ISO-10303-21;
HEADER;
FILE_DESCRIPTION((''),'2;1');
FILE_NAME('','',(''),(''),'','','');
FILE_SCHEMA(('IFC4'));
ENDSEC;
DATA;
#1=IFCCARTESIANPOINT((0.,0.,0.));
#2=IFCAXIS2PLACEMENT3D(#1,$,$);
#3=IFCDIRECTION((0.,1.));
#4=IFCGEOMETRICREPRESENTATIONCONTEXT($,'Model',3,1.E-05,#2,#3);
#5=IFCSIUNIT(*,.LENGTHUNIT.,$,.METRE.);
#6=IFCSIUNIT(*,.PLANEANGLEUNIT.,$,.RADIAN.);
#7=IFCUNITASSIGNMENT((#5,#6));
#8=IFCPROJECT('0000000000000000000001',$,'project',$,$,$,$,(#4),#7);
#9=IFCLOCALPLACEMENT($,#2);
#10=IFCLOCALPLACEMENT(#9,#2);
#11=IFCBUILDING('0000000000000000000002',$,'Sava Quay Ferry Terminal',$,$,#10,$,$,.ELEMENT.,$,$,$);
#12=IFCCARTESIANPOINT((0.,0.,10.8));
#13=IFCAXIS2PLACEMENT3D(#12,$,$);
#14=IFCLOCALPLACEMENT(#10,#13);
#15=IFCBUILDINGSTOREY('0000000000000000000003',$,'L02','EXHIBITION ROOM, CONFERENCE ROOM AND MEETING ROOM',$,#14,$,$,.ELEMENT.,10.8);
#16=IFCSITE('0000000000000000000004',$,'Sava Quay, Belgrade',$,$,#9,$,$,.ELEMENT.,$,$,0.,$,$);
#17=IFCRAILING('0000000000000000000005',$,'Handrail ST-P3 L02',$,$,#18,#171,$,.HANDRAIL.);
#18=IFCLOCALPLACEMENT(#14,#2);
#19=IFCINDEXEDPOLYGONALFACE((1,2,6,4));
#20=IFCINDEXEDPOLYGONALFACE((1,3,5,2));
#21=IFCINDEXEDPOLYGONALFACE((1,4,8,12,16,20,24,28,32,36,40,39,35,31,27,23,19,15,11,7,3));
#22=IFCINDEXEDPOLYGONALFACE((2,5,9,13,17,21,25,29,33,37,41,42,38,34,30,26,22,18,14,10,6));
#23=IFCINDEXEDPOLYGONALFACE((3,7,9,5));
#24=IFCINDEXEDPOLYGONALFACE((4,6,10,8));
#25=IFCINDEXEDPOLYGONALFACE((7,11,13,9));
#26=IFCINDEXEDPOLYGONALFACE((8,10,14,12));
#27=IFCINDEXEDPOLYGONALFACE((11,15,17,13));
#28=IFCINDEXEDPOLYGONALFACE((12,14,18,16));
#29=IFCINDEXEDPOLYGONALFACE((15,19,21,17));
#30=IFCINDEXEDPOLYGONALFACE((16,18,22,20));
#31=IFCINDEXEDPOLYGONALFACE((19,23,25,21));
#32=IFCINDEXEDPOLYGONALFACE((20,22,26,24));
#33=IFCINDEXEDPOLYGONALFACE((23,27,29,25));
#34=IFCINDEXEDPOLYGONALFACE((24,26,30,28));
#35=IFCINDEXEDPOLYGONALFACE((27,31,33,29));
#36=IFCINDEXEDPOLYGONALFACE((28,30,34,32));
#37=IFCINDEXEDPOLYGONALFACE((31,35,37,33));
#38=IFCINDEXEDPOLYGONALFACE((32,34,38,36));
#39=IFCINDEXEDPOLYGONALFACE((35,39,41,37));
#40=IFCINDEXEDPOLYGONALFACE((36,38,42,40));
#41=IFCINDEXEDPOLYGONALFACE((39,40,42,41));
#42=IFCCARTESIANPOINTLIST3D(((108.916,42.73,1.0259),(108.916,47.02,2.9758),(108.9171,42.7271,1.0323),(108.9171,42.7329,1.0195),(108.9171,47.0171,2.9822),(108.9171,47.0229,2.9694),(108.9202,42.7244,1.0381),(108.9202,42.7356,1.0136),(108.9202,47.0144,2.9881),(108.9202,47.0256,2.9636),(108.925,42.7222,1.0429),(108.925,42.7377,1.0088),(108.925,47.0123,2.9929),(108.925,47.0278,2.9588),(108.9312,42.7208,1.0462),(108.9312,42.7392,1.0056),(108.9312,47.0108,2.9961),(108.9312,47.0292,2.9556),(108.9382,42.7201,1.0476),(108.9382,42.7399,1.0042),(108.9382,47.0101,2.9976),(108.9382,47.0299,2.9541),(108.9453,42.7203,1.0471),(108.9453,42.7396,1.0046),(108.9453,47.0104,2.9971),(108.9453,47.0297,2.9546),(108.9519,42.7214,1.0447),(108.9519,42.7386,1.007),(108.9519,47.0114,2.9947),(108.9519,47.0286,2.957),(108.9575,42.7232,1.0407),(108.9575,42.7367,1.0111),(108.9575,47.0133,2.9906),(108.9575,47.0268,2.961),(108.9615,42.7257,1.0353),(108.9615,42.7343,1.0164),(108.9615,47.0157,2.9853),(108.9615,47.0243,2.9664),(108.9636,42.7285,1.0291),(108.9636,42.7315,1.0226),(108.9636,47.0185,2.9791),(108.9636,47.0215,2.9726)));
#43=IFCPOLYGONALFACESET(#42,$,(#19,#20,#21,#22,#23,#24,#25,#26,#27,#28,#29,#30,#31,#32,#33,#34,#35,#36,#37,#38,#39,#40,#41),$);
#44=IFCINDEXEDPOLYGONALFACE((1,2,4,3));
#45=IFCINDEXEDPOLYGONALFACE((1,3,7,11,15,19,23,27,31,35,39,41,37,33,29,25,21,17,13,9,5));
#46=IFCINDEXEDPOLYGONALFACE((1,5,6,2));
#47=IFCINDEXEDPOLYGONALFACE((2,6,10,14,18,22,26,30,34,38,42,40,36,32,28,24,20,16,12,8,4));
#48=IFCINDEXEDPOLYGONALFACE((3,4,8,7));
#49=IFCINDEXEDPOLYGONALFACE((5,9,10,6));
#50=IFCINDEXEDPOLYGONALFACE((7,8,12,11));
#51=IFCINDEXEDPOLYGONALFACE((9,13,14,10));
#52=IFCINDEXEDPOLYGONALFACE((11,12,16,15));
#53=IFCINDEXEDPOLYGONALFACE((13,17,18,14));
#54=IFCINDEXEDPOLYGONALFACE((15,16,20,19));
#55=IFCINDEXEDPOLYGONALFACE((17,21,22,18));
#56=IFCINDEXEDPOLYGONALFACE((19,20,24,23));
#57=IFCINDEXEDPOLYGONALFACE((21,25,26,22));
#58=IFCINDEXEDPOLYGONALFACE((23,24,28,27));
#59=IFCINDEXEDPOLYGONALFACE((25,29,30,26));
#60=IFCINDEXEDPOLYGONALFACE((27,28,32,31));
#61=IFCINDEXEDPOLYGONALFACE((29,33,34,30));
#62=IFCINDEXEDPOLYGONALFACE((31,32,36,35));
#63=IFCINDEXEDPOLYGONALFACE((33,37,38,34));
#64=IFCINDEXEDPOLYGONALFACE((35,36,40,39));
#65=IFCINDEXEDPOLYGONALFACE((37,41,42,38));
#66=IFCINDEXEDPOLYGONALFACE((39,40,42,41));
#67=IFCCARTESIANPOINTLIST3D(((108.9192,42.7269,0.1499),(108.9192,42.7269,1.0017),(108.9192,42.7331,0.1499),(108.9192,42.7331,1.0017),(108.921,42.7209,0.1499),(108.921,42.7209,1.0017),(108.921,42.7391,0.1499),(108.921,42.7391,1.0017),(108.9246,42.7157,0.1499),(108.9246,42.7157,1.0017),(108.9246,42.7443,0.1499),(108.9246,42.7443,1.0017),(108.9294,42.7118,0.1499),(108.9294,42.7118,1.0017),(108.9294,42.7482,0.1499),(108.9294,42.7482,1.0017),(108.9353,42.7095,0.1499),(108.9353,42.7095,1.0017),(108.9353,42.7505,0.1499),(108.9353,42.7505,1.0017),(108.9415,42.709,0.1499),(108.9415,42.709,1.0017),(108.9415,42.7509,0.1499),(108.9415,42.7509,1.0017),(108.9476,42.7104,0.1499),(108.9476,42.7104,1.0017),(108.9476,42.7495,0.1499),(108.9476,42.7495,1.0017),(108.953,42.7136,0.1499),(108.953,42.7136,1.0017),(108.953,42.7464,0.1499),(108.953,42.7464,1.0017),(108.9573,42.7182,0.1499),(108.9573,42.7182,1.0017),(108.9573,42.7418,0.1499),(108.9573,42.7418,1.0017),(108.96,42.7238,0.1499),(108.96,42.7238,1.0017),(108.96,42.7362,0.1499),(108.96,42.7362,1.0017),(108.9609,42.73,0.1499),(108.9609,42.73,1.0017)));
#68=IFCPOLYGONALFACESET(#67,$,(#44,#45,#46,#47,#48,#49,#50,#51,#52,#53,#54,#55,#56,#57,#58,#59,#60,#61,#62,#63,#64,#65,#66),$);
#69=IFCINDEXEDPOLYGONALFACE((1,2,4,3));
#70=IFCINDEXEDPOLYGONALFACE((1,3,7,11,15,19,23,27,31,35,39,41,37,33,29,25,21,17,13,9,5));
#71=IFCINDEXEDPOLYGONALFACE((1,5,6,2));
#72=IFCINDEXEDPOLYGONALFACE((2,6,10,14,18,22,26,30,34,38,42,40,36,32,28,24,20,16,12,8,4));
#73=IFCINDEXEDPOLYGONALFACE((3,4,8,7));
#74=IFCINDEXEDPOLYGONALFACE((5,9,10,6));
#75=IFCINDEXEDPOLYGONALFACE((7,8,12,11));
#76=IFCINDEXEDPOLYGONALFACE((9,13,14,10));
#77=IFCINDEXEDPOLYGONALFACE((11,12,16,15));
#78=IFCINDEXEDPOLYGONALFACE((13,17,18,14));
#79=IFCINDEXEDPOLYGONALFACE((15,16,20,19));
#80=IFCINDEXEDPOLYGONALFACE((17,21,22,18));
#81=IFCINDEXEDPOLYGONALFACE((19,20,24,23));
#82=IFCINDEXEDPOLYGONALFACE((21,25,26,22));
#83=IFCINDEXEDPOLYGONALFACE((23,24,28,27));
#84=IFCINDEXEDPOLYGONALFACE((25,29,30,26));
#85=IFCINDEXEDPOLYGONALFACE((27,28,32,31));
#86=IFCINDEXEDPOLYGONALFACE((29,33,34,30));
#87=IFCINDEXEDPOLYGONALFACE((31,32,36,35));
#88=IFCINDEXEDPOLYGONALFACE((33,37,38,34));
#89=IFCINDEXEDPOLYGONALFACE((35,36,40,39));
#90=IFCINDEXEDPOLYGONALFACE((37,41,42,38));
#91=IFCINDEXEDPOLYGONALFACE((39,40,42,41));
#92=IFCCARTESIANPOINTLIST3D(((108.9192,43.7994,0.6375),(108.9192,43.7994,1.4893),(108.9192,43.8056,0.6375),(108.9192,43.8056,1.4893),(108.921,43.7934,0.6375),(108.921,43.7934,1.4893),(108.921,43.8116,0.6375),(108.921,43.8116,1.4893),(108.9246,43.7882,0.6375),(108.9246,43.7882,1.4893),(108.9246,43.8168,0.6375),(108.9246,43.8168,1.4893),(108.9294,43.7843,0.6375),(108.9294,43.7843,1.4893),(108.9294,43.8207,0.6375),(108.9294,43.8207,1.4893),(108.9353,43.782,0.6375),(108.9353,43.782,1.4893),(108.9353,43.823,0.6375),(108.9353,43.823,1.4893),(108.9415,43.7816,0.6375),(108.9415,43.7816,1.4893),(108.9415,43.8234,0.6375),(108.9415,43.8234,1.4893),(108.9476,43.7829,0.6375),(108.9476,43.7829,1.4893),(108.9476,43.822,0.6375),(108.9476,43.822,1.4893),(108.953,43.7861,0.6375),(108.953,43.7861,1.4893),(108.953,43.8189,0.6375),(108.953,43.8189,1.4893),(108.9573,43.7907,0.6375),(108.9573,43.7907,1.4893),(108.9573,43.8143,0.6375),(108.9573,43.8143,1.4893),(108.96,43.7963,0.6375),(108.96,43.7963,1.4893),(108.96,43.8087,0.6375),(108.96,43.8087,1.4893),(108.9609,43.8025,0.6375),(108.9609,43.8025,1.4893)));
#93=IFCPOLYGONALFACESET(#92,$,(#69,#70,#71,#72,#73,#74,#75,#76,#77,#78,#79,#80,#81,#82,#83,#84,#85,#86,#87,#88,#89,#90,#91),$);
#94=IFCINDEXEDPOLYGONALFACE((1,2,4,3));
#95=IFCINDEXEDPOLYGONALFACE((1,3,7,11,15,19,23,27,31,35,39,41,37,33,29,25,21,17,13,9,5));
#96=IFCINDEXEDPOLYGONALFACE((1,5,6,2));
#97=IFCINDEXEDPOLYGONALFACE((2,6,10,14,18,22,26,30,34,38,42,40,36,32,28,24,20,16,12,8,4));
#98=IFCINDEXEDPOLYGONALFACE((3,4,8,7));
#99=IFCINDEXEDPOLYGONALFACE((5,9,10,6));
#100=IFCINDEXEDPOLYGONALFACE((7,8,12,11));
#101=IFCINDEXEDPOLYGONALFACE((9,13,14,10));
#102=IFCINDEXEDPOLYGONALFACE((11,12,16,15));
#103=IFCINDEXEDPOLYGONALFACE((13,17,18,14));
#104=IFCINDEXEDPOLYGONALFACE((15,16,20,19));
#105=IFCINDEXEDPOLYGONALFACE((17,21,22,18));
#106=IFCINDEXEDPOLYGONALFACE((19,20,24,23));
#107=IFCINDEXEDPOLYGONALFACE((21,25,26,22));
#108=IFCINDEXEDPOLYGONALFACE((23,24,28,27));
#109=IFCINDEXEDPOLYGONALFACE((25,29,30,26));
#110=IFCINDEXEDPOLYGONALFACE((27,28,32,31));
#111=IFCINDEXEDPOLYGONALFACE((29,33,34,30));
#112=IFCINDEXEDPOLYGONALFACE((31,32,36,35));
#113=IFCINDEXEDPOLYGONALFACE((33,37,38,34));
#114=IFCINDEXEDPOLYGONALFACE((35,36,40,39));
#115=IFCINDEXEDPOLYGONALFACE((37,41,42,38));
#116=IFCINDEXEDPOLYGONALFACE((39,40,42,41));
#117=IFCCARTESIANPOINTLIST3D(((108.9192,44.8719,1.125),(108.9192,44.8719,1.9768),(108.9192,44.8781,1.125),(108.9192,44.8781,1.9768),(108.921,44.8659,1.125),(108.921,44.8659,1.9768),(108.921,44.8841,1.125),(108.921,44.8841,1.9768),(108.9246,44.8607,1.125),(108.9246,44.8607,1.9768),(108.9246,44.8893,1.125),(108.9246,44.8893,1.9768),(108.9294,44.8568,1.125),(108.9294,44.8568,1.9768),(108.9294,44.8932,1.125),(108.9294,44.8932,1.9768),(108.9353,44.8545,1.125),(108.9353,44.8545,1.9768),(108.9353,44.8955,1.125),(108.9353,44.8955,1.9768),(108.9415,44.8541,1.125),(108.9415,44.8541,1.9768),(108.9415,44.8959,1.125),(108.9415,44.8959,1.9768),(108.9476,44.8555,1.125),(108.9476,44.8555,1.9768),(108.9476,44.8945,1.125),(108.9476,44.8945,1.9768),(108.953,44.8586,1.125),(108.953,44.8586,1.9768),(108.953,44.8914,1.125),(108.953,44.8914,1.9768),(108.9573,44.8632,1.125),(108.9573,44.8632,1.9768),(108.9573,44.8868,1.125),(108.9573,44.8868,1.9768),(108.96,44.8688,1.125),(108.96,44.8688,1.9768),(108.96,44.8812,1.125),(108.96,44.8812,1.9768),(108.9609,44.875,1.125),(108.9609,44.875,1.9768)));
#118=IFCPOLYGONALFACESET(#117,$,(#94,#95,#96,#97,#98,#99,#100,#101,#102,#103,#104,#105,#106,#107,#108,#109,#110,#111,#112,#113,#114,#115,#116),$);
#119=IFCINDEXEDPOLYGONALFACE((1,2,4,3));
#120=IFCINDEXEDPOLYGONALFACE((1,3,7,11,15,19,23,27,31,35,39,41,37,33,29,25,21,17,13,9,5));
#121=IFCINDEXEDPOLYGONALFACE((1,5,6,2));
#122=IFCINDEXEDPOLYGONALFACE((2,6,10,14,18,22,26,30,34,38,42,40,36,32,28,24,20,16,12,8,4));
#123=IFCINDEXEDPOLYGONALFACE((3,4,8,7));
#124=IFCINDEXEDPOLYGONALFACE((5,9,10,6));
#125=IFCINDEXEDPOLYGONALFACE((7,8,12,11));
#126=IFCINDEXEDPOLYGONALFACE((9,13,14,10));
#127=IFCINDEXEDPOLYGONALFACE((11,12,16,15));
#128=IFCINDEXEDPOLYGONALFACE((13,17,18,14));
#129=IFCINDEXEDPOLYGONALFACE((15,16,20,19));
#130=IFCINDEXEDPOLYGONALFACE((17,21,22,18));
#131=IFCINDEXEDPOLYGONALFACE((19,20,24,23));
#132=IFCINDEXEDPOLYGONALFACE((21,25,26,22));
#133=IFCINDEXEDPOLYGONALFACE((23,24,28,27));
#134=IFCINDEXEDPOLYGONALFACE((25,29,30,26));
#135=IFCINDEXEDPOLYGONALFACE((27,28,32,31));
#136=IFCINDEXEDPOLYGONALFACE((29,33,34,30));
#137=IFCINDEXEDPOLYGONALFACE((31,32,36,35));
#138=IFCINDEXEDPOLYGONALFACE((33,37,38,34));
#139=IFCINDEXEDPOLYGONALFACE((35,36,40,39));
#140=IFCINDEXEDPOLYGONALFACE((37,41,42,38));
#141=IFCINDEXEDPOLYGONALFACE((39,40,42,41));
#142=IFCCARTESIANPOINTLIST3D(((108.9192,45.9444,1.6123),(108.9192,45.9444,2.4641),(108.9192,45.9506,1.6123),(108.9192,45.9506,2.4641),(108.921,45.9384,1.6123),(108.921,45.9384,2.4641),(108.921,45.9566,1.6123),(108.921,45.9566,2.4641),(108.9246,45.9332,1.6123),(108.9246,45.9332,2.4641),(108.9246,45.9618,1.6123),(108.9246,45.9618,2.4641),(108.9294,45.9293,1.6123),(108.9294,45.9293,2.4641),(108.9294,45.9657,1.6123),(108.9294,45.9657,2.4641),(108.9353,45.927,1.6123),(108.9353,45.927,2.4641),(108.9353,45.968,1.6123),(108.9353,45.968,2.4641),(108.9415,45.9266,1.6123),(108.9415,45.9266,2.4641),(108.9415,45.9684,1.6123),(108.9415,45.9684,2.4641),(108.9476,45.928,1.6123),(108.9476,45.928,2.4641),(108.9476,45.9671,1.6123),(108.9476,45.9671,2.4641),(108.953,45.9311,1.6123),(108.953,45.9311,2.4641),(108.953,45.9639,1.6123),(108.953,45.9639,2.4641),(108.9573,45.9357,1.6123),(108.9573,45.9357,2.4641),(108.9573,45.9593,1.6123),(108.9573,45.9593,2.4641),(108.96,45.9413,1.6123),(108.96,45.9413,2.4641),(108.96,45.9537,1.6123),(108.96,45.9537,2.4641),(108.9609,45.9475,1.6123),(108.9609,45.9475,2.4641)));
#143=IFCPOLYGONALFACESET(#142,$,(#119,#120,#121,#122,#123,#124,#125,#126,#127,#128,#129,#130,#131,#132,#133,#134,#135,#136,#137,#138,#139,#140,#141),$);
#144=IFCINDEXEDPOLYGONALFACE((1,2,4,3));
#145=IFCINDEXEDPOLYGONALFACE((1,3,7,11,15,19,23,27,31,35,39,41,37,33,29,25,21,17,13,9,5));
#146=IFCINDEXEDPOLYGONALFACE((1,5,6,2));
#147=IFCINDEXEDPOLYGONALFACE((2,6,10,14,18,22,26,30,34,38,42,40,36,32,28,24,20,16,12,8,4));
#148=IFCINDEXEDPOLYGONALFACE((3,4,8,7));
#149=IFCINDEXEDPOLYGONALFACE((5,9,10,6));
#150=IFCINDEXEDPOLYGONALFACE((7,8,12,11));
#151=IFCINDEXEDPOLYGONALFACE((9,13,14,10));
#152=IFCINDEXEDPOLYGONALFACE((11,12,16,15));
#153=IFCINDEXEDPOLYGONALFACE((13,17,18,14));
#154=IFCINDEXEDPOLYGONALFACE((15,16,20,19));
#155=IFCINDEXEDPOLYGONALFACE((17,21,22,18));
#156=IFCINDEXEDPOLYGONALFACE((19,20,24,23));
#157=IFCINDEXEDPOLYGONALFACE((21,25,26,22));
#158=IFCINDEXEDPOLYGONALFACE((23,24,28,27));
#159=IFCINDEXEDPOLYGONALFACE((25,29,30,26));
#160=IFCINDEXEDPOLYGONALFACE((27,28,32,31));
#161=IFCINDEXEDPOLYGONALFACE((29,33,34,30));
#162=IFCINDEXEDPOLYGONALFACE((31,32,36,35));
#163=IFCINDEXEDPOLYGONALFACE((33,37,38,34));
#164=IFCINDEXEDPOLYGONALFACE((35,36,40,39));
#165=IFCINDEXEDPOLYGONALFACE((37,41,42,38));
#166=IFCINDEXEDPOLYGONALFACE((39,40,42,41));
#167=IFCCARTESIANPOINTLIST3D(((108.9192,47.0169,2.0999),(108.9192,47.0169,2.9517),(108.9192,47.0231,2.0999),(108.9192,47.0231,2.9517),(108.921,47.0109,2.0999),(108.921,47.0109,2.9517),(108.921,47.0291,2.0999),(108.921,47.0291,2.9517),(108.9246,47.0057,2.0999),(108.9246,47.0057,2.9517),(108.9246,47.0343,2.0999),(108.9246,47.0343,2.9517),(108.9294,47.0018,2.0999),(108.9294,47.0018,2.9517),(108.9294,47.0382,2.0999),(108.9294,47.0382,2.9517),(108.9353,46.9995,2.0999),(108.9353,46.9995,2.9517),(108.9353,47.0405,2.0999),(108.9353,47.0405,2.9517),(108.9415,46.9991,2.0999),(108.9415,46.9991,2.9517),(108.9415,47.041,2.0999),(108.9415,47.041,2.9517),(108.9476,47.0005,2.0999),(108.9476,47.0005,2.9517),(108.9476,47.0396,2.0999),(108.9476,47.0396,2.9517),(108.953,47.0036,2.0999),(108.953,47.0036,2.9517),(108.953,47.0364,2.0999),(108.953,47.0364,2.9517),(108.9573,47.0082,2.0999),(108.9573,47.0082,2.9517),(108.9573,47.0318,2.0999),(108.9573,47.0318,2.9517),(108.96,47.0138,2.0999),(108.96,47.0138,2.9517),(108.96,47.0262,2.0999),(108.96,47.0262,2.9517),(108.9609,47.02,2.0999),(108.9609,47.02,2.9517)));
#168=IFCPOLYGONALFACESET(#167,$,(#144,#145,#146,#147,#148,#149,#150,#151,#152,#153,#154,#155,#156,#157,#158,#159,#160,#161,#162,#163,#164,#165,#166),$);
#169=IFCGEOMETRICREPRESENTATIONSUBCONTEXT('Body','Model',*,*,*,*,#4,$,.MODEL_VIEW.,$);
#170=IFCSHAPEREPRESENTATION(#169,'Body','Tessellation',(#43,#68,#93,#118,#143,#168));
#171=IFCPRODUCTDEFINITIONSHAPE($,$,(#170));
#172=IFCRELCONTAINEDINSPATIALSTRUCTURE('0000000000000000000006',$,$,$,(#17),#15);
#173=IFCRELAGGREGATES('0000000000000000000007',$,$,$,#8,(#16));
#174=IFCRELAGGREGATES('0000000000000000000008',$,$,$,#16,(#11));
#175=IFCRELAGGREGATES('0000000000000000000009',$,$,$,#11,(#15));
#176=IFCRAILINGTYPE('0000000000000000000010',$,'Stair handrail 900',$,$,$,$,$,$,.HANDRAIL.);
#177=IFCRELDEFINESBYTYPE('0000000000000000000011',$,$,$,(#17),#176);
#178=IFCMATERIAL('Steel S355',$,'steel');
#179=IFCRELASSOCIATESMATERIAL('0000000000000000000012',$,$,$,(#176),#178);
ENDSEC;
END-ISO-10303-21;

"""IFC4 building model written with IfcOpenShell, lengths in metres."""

from ifc_helpers import new_model, si_unit, direction, frame, origin, origin_2d, place, context, subcontext, project, spatial, circle, extrude, material, type_object, element, save


model = new_model("IFC4")

# Units and contexts
model_context = context("Model", 3, precision=1e-05, world=origin(), true_north=direction((0.0, 1.0)))
body_context = subcontext(model_context, "Body", "Model", "MODEL_VIEW")
ifc_project = project(units=[si_unit("LENGTHUNIT", "METRE"), si_unit("PLANEANGLEUNIT", "RADIAN")], contexts=[model_context])

# Site, building, storey
site_placement = place(None, origin())
site = spatial("IfcSite", under=ifc_project, at=site_placement, Name="Sava Quay, Belgrade", CompositionType="ELEMENT", RefElevation=0.0)
building_placement = place(site_placement, origin())
building = spatial("IfcBuilding", under=site, at=building_placement, Name="Sava Quay Ferry Terminal", CompositionType="ELEMENT")
storey_placement = place(building_placement, frame((0.0, 0.0, 10.8)))
storey = spatial("IfcBuildingStorey", under=building, at=storey_placement, Name="L02", Description="EXHIBITION ROOM, CONFERENCE ROOM AND MEETING ROOM", CompositionType="ELEMENT", Elevation=10.8)

# Railing
ifc_material_1 = material(Name="Steel S355", Category="steel")
railing_type_1 = type_object("IfcRailingType", Name="Stair handrail 900", PredefinedType="HANDRAIL", material=ifc_material_1)
railing_1_placement = place(storey_placement, frame((108.9399, 42.73, 0.1499)))
element("IfcRailing", 1, at=railing_1_placement, inside=storey, type_object=railing_type_1, Name="Handrail ST-P3 L02", PredefinedType="HANDRAIL", context=body_context, shape_type="SweptSolid", body=[
    extrude(circle(Radius=0.0239, at=origin_2d()), frame((0.0, 0.0, 0.876), z_axis=(0.0, 0.910372, 0.413791), x_axis=(-1.0, 0.0, 0.0)), (0.0, 0.0, 1.0), 4.7124),
    extrude(circle(Radius=0.021, at=origin_2d()), origin(), (0.0, 0.0, 1.0), 0.8518),
    extrude(circle(Radius=0.021, at=origin_2d()), frame((0.0, 1.0725, 0.4875)), (0.0, 0.0, 1.0), 0.8518),
    extrude(circle(Radius=0.021, at=origin_2d()), frame((0.0, 2.145, 0.9751)), (0.0, 0.0, 1.0), 0.8518),
    extrude(circle(Radius=0.021, at=origin_2d()), frame((0.0, 3.2175, 1.4624)), (0.0, 0.0, 1.0), 0.8518),
    extrude(circle(Radius=0.021, at=origin_2d()), frame((0.0, 4.29, 1.95)), (0.0, 0.0, 1.0), 0.8518),
])

save(model, "model.ifc")
